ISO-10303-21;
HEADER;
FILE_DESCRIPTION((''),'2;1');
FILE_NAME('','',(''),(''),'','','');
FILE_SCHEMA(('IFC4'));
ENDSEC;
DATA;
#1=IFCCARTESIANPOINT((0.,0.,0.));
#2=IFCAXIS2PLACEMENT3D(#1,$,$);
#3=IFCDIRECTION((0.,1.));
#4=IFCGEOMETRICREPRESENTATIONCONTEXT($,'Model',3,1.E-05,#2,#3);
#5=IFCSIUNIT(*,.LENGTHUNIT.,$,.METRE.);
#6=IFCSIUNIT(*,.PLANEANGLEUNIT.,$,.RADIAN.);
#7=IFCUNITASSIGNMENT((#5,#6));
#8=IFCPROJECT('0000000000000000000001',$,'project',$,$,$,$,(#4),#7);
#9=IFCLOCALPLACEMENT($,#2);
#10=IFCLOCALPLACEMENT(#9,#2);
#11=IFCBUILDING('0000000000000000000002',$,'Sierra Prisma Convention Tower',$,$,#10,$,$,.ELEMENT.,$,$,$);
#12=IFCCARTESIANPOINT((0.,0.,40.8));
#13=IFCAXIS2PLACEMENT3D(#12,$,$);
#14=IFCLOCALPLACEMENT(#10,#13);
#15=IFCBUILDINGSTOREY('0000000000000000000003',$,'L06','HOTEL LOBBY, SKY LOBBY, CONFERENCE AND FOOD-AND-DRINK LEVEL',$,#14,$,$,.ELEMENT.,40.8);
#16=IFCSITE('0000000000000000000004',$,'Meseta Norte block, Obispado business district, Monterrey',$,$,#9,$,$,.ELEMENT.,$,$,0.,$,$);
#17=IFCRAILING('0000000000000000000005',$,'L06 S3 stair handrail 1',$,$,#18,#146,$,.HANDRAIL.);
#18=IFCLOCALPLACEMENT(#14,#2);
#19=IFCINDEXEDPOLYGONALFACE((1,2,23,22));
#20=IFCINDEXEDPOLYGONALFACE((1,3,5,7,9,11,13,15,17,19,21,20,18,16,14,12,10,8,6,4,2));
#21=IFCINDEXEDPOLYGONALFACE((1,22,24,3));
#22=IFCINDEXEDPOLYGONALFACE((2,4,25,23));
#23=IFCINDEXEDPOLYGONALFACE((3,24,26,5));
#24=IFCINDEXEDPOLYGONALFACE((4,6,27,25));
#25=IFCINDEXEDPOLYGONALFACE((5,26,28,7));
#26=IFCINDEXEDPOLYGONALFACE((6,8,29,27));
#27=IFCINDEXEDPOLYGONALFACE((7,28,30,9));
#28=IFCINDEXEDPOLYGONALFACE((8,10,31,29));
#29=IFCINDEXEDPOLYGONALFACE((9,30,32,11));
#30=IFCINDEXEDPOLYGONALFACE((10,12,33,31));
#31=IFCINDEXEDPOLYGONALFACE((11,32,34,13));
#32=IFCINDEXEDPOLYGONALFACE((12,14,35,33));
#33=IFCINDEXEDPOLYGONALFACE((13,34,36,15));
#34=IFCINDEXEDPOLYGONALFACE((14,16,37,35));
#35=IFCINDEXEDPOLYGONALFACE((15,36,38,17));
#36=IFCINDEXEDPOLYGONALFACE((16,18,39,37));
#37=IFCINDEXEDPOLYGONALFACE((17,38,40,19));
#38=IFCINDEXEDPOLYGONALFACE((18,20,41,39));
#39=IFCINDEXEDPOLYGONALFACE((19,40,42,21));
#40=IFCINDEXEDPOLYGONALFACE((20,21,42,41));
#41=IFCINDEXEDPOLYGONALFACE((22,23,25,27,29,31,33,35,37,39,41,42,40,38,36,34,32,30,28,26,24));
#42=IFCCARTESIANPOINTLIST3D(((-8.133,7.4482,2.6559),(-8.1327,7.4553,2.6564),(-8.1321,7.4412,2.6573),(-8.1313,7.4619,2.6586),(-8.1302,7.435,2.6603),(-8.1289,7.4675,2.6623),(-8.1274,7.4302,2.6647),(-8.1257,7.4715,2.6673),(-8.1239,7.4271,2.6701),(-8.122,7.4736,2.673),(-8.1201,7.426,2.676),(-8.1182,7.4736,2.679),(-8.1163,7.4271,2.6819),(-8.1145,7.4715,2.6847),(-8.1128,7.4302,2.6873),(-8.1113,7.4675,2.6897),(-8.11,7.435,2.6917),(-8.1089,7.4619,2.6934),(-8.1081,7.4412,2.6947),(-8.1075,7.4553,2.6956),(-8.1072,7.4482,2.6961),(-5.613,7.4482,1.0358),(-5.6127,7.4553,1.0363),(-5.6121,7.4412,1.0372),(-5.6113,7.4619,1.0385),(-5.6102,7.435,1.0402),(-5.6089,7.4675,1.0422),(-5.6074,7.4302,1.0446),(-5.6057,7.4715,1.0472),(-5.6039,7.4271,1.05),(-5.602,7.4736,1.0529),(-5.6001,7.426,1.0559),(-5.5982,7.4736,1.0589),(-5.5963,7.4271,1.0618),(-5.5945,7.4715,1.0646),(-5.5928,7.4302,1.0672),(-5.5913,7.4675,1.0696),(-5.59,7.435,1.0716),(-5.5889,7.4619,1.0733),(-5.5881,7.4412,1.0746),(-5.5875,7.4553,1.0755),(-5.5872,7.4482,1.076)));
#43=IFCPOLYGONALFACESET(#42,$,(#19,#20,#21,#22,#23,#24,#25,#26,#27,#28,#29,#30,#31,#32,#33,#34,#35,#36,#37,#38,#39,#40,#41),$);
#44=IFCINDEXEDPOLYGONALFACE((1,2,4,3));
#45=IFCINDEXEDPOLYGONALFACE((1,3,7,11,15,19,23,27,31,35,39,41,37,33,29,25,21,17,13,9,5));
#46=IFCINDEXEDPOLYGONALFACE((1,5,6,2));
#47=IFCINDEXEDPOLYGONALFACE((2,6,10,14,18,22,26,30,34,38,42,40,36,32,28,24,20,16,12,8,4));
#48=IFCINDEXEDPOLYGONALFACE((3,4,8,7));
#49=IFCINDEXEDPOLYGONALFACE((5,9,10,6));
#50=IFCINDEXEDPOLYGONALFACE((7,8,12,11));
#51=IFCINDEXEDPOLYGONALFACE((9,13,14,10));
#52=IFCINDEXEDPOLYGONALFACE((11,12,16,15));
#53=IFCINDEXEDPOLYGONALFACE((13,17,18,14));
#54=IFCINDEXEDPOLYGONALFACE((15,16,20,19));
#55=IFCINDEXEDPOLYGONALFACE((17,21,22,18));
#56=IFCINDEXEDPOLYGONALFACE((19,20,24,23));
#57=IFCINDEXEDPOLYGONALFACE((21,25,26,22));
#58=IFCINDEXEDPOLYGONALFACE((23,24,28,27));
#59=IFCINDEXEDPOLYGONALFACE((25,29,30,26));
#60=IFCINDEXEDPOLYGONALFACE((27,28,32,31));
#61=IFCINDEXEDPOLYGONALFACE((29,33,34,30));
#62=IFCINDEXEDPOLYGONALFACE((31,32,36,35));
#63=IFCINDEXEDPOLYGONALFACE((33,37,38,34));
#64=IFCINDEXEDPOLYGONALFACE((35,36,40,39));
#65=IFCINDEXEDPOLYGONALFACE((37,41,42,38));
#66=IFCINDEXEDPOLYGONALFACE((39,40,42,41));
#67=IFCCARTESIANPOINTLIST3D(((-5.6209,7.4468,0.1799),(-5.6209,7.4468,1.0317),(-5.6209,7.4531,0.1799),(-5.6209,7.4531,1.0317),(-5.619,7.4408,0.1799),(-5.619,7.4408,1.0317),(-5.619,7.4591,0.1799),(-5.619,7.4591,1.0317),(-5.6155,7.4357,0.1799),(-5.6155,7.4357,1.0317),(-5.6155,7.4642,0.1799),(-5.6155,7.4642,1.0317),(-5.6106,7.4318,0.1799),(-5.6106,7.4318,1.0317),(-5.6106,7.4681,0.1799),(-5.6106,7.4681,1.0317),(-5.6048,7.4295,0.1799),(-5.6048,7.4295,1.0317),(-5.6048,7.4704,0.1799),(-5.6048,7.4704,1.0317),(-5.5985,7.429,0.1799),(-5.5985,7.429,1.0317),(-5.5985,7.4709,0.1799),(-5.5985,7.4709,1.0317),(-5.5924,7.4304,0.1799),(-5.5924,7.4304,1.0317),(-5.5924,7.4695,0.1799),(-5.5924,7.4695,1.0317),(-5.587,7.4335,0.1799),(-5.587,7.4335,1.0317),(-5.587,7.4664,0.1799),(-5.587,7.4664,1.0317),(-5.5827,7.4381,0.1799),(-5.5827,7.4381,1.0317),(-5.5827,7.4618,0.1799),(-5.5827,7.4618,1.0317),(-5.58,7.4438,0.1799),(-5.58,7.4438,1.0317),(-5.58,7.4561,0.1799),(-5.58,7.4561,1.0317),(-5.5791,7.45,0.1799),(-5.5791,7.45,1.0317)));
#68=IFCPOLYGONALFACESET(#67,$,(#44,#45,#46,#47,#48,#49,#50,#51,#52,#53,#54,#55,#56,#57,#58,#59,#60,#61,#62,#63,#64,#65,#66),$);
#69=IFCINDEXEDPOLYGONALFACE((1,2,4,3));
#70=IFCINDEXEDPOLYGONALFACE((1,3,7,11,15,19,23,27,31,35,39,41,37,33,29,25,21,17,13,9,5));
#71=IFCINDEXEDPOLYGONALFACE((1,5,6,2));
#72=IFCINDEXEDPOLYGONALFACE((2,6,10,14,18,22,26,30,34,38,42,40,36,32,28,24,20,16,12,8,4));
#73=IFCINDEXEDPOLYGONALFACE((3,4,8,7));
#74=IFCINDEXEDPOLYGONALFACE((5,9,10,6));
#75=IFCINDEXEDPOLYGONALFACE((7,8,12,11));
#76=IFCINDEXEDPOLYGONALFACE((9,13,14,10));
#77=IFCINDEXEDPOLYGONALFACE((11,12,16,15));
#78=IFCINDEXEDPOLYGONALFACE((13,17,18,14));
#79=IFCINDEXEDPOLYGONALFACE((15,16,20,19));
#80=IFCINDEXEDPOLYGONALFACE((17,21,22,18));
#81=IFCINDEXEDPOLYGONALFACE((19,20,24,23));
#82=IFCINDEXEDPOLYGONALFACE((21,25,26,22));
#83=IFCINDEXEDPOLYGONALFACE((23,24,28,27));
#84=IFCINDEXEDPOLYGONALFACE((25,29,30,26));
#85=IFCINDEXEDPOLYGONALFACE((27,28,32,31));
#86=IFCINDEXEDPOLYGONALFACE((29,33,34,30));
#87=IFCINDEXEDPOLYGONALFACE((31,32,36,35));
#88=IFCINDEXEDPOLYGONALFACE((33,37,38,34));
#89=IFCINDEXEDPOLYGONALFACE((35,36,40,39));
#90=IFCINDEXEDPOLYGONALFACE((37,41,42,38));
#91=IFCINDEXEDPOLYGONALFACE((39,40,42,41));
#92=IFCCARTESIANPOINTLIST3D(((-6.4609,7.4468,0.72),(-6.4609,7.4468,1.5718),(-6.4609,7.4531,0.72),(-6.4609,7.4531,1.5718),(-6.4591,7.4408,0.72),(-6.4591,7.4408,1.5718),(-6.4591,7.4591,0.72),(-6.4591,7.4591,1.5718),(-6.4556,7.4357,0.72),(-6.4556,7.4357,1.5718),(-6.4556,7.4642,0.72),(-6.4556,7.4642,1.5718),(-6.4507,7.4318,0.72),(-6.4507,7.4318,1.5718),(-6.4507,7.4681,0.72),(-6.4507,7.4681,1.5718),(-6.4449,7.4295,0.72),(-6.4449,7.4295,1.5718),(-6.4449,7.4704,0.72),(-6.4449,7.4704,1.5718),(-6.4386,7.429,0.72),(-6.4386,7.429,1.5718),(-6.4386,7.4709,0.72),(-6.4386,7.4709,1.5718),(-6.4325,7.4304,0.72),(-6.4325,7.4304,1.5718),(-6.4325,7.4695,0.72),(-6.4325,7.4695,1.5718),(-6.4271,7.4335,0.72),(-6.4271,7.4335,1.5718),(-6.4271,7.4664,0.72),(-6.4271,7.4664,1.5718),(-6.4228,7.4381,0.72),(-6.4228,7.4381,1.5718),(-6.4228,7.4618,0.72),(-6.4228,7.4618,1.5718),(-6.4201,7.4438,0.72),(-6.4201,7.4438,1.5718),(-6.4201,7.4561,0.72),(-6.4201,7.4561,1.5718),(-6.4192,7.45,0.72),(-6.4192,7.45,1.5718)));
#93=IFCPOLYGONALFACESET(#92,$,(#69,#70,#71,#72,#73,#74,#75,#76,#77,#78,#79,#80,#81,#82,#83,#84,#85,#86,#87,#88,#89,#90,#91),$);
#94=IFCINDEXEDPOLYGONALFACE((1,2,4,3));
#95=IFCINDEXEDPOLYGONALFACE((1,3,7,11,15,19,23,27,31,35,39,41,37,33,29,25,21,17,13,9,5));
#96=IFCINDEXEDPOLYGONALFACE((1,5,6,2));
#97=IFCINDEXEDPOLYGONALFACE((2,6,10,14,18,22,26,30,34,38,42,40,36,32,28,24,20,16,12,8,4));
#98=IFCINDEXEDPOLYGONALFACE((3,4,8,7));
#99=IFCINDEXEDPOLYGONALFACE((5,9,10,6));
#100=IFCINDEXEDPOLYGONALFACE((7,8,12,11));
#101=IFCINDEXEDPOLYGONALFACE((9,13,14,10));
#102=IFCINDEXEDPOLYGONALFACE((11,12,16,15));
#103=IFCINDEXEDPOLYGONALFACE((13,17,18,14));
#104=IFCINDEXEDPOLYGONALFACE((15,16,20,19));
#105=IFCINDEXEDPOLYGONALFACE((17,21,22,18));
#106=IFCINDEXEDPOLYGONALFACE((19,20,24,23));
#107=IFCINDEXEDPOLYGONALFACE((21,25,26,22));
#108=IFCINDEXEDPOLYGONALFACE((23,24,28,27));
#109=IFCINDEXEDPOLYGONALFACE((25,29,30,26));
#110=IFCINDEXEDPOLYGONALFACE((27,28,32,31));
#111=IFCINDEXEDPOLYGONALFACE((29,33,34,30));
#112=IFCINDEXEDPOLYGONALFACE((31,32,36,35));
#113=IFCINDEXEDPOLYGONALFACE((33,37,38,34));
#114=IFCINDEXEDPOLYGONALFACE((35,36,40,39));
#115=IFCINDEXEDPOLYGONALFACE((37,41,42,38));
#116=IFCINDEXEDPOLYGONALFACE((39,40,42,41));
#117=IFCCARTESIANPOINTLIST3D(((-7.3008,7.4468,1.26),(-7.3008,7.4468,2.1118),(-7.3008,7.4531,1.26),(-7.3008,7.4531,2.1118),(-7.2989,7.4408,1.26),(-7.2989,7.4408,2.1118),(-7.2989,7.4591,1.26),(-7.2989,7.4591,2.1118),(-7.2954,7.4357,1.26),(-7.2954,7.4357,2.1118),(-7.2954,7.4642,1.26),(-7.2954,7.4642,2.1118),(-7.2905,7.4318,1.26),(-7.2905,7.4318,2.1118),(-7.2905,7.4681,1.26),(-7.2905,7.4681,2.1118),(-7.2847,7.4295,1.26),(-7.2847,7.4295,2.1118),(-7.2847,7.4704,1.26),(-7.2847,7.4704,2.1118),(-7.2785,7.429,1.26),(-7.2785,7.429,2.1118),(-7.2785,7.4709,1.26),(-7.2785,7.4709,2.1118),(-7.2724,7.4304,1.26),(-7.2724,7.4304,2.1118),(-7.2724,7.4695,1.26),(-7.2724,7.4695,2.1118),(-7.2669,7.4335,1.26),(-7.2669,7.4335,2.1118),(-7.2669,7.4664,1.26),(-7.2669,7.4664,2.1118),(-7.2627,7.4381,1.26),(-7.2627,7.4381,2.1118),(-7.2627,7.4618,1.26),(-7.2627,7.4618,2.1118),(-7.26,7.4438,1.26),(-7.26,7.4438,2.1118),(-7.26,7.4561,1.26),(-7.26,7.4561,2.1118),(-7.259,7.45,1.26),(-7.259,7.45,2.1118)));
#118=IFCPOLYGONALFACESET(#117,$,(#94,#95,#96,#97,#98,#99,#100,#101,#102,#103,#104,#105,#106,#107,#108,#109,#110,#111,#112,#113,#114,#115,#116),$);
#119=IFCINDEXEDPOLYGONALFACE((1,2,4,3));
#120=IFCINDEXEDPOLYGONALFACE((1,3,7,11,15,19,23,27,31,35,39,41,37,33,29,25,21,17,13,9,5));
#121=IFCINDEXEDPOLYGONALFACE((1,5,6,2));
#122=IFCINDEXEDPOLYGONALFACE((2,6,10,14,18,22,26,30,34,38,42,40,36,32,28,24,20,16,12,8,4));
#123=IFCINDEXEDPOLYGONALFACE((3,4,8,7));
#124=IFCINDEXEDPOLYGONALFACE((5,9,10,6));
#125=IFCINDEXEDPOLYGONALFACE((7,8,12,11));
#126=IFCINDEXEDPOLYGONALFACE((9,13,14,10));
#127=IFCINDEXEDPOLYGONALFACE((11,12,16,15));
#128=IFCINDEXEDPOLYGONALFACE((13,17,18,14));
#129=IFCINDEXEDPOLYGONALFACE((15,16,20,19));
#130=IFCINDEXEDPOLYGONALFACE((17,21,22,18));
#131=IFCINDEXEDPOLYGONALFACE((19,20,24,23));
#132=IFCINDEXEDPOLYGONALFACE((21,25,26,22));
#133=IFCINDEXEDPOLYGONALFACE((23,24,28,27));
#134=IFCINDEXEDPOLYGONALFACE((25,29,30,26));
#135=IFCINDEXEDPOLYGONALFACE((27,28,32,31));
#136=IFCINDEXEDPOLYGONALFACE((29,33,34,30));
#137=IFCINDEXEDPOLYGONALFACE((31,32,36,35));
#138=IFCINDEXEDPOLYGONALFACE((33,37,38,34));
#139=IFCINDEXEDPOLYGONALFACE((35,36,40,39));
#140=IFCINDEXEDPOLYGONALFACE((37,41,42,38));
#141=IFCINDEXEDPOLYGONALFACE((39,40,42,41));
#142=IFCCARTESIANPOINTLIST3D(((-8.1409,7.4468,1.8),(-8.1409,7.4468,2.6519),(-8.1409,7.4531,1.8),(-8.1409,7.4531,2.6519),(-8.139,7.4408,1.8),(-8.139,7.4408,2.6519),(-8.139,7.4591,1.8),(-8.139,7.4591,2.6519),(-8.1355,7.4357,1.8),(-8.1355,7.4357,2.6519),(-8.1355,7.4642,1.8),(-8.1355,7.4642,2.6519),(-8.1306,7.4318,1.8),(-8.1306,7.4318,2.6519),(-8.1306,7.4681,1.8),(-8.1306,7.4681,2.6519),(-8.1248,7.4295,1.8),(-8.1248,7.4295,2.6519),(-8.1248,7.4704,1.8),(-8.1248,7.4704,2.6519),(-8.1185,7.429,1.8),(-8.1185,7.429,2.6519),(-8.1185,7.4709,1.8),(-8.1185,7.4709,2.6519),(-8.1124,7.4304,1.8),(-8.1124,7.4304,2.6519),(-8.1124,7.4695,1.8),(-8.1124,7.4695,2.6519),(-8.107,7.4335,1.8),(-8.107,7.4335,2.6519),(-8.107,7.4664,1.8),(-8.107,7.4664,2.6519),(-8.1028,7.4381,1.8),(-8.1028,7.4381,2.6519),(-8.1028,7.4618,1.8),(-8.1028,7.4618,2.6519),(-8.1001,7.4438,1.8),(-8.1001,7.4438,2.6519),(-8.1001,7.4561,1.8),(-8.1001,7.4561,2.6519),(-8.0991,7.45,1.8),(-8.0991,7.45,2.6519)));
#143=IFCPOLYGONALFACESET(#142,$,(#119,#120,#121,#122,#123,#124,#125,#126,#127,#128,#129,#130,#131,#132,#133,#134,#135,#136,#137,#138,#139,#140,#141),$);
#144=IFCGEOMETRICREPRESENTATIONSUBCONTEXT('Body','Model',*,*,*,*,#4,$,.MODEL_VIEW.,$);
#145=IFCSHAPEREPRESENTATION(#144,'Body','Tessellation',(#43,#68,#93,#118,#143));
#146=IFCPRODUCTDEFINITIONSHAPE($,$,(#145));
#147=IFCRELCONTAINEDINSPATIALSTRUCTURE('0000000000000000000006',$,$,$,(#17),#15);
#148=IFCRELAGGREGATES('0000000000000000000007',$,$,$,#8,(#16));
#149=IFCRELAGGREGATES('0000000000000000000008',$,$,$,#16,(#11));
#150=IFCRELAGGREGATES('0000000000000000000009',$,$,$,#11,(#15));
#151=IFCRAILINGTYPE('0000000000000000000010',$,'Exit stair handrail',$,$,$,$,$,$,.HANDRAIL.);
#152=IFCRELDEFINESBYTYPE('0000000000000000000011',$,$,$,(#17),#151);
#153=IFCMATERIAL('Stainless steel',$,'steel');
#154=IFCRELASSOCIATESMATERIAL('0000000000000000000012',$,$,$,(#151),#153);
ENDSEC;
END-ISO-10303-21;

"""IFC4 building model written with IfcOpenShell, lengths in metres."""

from ifc_helpers import new_model, si_unit, direction, frame, origin, origin_2d, place, context, subcontext, project, spatial, circle, extrude, material, type_object, element, save


model = new_model("IFC4")

# Units and contexts
model_context = context("Model", 3, precision=1e-05, world=origin(), true_north=direction((0.0, 1.0)))
body_context = subcontext(model_context, "Body", "Model", "MODEL_VIEW")
ifc_project = project(units=[si_unit("LENGTHUNIT", "METRE"), si_unit("PLANEANGLEUNIT", "RADIAN")], contexts=[model_context])

# Site, building, storey
site_placement = place(None, origin())
site = spatial("IfcSite", under=ifc_project, at=site_placement, Name="Meseta Norte block, Obispado business district, Monterrey", CompositionType="ELEMENT", RefElevation=0.0)
building_placement = place(site_placement, origin())
building = spatial("IfcBuilding", under=site, at=building_placement, Name="Sierra Prisma Convention Tower", CompositionType="ELEMENT")
storey_placement = place(building_placement, frame((0.0, 0.0, 40.8)))
storey = spatial("IfcBuildingStorey", under=building, at=storey_placement, Name="L06", Description="HOTEL LOBBY, SKY LOBBY, CONFERENCE AND FOOD-AND-DRINK LEVEL", CompositionType="ELEMENT", Elevation=40.8)

# Railing
ifc_material_1 = material(Name="Stainless steel", Category="steel")
railing_type_1 = type_object("IfcRailingType", Name="Exit stair handrail", PredefinedType="HANDRAIL", material=ifc_material_1)
railing_1_placement = place(storey_placement, frame((-5.6001, 7.45, 0.1799)))
element("IfcRailing", 1, at=railing_1_placement, inside=storey, type_object=railing_type_1, Name="L06 S3 stair handrail 1", PredefinedType="HANDRAIL", context=body_context, shape_type="SweptSolid", body=[
    extrude(circle(Radius=0.0239, at=origin_2d()), frame((0.0, 0.0, 0.876), z_axis=(-0.841163, 0.0, 0.540782), x_axis=(0.0, -1.0, 0.0)), (0.0, 0.0, 1.0), 2.9958),
    extrude(circle(Radius=0.021, at=origin_2d()), origin(), (0.0, 0.0, 1.0), 0.8518),
    extrude(circle(Radius=0.021, at=origin_2d()), frame((-0.8401, 0.0, 0.54)), (0.0, 0.0, 1.0), 0.8518),
    extrude(circle(Radius=0.021, at=origin_2d()), frame((-1.6799, 0.0, 1.0801)), (0.0, 0.0, 1.0), 0.8518),
    extrude(circle(Radius=0.021, at=origin_2d()), frame((-2.52, 0.0, 1.6201)), (0.0, 0.0, 1.0), 0.8518),
])

save(model, "model.ifc")
